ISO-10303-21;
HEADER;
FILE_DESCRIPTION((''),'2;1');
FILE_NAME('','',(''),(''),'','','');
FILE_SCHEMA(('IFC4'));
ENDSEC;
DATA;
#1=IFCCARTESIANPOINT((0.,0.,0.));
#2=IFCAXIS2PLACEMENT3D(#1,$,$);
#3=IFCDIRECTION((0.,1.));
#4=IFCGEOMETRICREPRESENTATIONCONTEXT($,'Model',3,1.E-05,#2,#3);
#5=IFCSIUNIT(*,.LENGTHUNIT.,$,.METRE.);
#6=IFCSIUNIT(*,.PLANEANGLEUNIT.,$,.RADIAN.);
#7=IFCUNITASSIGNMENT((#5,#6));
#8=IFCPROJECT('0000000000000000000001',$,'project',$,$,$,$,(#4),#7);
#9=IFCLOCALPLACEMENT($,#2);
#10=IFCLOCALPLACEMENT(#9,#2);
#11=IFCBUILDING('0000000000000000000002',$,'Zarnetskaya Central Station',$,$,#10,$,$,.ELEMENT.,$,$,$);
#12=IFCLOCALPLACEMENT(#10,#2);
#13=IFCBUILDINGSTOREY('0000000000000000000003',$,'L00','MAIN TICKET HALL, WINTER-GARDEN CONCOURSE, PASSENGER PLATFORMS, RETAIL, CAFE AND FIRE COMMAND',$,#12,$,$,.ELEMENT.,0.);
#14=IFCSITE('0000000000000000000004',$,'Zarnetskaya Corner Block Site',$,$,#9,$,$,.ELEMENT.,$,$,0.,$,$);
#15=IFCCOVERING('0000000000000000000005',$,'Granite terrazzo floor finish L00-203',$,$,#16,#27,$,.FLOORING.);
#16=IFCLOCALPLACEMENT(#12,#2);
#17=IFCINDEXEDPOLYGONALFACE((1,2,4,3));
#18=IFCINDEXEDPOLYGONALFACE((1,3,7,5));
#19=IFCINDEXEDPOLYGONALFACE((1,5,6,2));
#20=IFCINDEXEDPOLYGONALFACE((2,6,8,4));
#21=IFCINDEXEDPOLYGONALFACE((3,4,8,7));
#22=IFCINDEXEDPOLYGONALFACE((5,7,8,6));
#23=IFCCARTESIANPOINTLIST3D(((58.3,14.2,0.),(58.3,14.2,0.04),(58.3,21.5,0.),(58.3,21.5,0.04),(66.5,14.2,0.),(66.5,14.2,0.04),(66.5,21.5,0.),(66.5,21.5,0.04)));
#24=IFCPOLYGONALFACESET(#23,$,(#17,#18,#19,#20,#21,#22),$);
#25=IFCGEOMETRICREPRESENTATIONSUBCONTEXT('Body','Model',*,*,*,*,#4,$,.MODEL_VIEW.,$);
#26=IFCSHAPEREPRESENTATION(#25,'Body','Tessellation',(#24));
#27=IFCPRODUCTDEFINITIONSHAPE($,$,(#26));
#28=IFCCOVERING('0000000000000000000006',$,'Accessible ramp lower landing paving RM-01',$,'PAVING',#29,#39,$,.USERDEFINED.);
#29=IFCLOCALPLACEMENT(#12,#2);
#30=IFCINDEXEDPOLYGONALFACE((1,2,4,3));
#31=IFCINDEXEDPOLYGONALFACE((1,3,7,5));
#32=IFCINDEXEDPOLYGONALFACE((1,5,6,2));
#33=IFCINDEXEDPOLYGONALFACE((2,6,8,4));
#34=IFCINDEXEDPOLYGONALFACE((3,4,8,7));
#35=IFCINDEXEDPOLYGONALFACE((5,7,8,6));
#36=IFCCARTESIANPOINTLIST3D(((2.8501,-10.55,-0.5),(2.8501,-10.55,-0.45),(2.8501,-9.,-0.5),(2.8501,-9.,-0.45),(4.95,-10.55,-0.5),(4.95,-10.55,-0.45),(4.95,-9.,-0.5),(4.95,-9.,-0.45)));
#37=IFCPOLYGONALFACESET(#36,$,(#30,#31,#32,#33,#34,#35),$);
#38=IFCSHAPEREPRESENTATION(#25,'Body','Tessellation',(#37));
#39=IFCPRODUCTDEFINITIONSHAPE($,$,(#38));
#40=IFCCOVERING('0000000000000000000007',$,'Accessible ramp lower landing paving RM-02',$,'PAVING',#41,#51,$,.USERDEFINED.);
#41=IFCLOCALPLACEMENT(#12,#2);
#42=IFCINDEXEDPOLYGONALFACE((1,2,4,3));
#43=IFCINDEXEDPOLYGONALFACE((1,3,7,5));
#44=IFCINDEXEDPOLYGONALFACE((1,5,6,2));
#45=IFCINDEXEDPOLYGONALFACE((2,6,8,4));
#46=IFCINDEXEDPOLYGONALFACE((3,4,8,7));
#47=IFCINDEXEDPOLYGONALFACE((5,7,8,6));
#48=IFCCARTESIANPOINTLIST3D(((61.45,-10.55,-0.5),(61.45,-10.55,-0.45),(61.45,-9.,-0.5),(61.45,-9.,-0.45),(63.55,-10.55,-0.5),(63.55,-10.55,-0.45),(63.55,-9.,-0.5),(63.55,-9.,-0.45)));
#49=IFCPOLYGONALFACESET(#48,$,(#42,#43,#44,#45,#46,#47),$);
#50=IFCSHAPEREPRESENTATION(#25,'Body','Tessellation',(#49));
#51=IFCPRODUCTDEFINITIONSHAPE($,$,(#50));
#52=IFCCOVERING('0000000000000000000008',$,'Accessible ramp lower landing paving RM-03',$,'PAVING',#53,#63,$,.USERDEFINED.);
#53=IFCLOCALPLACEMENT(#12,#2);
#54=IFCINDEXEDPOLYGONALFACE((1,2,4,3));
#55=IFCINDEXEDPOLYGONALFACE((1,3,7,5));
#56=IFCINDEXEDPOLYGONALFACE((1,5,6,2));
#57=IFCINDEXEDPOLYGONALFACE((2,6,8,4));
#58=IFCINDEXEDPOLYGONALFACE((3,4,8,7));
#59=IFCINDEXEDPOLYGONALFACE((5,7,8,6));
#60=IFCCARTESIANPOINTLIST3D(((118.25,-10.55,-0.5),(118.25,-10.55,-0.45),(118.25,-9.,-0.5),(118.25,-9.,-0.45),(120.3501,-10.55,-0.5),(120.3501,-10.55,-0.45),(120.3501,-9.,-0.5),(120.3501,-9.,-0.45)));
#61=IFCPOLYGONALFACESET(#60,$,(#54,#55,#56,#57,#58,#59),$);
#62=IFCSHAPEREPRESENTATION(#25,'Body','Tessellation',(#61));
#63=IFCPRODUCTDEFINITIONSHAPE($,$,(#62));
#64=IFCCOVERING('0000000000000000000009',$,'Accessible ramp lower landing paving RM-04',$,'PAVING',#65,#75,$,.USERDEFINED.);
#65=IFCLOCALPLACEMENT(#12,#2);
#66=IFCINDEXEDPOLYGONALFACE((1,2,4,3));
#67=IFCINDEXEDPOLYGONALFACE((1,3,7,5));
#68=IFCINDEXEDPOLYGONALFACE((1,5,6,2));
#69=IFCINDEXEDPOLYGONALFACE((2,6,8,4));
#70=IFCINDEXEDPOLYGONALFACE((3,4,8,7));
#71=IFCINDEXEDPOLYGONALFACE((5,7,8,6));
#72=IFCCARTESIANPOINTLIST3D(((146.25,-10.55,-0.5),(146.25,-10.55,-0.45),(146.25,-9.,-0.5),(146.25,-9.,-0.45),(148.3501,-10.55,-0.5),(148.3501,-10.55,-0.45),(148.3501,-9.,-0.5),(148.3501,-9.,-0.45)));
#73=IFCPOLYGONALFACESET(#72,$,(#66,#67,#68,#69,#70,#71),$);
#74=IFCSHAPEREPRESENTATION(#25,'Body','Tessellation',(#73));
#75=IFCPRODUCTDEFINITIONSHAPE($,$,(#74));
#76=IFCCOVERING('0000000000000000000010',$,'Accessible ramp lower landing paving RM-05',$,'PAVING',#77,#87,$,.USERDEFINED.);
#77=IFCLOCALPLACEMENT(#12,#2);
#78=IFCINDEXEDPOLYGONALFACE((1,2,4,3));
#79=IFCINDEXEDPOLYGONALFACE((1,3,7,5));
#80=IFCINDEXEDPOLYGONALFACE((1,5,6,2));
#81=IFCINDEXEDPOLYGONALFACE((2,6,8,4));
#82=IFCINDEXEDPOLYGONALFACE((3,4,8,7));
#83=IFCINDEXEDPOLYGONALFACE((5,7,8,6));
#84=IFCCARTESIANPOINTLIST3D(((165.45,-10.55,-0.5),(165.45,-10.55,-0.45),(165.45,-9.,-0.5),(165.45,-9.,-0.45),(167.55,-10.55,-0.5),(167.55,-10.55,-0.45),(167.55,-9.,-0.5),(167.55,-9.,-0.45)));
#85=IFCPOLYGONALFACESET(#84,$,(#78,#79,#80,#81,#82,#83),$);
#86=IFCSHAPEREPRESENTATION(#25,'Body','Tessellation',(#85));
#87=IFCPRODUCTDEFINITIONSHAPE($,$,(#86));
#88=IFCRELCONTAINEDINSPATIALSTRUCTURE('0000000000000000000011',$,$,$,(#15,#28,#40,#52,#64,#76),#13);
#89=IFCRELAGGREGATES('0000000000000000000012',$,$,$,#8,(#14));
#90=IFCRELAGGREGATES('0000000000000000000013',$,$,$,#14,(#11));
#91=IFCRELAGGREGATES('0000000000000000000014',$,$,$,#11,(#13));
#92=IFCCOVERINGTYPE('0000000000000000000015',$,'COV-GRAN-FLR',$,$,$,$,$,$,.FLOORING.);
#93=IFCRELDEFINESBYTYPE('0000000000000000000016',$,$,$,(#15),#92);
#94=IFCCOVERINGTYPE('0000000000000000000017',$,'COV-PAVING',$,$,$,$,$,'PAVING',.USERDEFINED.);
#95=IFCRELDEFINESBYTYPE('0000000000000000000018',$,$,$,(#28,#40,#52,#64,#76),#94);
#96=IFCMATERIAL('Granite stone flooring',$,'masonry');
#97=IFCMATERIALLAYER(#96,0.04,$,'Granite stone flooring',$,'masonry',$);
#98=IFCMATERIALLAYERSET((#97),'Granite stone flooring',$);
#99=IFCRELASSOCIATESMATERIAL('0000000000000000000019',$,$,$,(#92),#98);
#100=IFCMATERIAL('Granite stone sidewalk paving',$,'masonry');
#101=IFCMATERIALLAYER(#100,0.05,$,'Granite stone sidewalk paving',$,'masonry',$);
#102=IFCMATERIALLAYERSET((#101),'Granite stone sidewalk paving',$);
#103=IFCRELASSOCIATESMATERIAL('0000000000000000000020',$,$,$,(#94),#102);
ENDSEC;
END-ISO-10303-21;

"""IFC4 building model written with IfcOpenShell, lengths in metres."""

from ifc_helpers import new_model, si_unit, direction, frame, origin, place, context, subcontext, project, spatial, polyline, outline, extrude, material, layer, layer_set, type_object, element, save


model = new_model("IFC4")

# Units and contexts
model_context = context("Model", 3, precision=1e-05, world=origin(), true_north=direction((0.0, 1.0)))
body_context = subcontext(model_context, "Body", "Model", "MODEL_VIEW")
ifc_project = project(units=[si_unit("LENGTHUNIT", "METRE"), si_unit("PLANEANGLEUNIT", "RADIAN")], contexts=[model_context])

# Site, building, storey
site_placement = place(None, origin())
site = spatial("IfcSite", under=ifc_project, at=site_placement, Name="Zarnetskaya Corner Block Site", CompositionType="ELEMENT", RefElevation=0.0)
building_placement = place(site_placement, origin())
building = spatial("IfcBuilding", under=site, at=building_placement, Name="Zarnetskaya Central Station", CompositionType="ELEMENT")
storey_placement = place(building_placement, origin())
storey = spatial("IfcBuildingStorey", under=building, at=storey_placement, Name="L00", Description="MAIN TICKET HALL, WINTER-GARDEN CONCOURSE, PASSENGER PLATFORMS, RETAIL, CAFE AND FIRE COMMAND", CompositionType="ELEMENT", Elevation=0.0)

# Coverings
ifc_material_1 = material(Name="Granite stone flooring", Category="masonry")
ifc_layer_1 = layer(ifc_material_1, 0.04, Name="Granite stone flooring", Category="masonry")
ifc_layer_set_1 = layer_set([ifc_layer_1], Name="Granite stone flooring")
covering_type_1 = type_object("IfcCoveringType", Name="COV-GRAN-FLR", PredefinedType="FLOORING", material=ifc_layer_set_1)
covering_1_placement = place(storey_placement, origin())
element("IfcCovering", 1, at=covering_1_placement, inside=storey, type_object=covering_type_1, Name="Granite terrazzo floor finish L00-203", PredefinedType="FLOORING", context=body_context, shape_type="SweptSolid", body=[
    extrude(outline(polyline([(58.3, 14.2), (66.5, 14.2), (66.5, 21.5), (58.3, 21.5), (58.3, 14.2)])), origin(), (0.0, 0.0, 1.0), 0.04),
])
ifc_material_2 = material(Name="Granite stone sidewalk paving", Category="masonry")
ifc_layer_2 = layer(ifc_material_2, 0.05, Name="Granite stone sidewalk paving", Category="masonry")
ifc_layer_set_2 = layer_set([ifc_layer_2], Name="Granite stone sidewalk paving")
covering_type_2 = type_object("IfcCoveringType", Name="COV-PAVING", ElementType="PAVING", PredefinedType="USERDEFINED", material=ifc_layer_set_2)
covering_2_placement = place(storey_placement, frame((0.0, 0.0, -0.5)))
element("IfcCovering", 2, at=covering_2_placement, inside=storey, type_object=covering_type_2, Name="Accessible ramp lower landing paving RM-01", ObjectType="PAVING", PredefinedType="USERDEFINED", context=body_context, shape_type="SweptSolid", body=[
    extrude(outline(polyline([(2.8501, -10.55), (4.95, -10.55), (4.95, -9.0), (2.8501, -9.0), (2.8501, -10.55)])), origin(), (0.0, 0.0, 1.0), 0.05),
])
covering_3_placement = place(storey_placement, frame((0.0, 0.0, -0.5)))
element("IfcCovering", 3, at=covering_3_placement, inside=storey, type_object=covering_type_2, Name="Accessible ramp lower landing paving RM-02", ObjectType="PAVING", PredefinedType="USERDEFINED", context=body_context, shape_type="SweptSolid", body=[
    extrude(outline(polyline([(61.45, -10.55), (63.55, -10.55), (63.55, -9.0), (61.45, -9.0), (61.45, -10.55)])), origin(), (0.0, 0.0, 1.0), 0.05),
])
covering_4_placement = place(storey_placement, frame((0.0, 0.0, -0.5)))
element("IfcCovering", 4, at=covering_4_placement, inside=storey, type_object=covering_type_2, Name="Accessible ramp lower landing paving RM-03", ObjectType="PAVING", PredefinedType="USERDEFINED", context=body_context, shape_type="SweptSolid", body=[
    extrude(outline(polyline([(118.25, -10.55), (120.3501, -10.55), (120.3501, -9.0), (118.25, -9.0), (118.25, -10.55)])), origin(), (0.0, 0.0, 1.0), 0.05),
])
covering_5_placement = place(storey_placement, frame((0.0, 0.0, -0.5)))
element("IfcCovering", 5, at=covering_5_placement, inside=storey, type_object=covering_type_2, Name="Accessible ramp lower landing paving RM-04", ObjectType="PAVING", PredefinedType="USERDEFINED", context=body_context, shape_type="SweptSolid", body=[
    extrude(outline(polyline([(146.25, -10.55), (148.3501, -10.55), (148.3501, -9.0), (146.25, -9.0), (146.25, -10.55)])), origin(), (0.0, 0.0, 1.0), 0.05),
])
covering_6_placement = place(storey_placement, frame((0.0, 0.0, -0.5)))
element("IfcCovering", 6, at=covering_6_placement, inside=storey, type_object=covering_type_2, Name="Accessible ramp lower landing paving RM-05", ObjectType="PAVING", PredefinedType="USERDEFINED", context=body_context, shape_type="SweptSolid", body=[
    extrude(outline(polyline([(165.45, -10.55), (167.55, -10.55), (167.55, -9.0), (165.45, -9.0), (165.45, -10.55)])), origin(), (0.0, 0.0, 1.0), 0.05),
])

save(model, "model.ifc")
